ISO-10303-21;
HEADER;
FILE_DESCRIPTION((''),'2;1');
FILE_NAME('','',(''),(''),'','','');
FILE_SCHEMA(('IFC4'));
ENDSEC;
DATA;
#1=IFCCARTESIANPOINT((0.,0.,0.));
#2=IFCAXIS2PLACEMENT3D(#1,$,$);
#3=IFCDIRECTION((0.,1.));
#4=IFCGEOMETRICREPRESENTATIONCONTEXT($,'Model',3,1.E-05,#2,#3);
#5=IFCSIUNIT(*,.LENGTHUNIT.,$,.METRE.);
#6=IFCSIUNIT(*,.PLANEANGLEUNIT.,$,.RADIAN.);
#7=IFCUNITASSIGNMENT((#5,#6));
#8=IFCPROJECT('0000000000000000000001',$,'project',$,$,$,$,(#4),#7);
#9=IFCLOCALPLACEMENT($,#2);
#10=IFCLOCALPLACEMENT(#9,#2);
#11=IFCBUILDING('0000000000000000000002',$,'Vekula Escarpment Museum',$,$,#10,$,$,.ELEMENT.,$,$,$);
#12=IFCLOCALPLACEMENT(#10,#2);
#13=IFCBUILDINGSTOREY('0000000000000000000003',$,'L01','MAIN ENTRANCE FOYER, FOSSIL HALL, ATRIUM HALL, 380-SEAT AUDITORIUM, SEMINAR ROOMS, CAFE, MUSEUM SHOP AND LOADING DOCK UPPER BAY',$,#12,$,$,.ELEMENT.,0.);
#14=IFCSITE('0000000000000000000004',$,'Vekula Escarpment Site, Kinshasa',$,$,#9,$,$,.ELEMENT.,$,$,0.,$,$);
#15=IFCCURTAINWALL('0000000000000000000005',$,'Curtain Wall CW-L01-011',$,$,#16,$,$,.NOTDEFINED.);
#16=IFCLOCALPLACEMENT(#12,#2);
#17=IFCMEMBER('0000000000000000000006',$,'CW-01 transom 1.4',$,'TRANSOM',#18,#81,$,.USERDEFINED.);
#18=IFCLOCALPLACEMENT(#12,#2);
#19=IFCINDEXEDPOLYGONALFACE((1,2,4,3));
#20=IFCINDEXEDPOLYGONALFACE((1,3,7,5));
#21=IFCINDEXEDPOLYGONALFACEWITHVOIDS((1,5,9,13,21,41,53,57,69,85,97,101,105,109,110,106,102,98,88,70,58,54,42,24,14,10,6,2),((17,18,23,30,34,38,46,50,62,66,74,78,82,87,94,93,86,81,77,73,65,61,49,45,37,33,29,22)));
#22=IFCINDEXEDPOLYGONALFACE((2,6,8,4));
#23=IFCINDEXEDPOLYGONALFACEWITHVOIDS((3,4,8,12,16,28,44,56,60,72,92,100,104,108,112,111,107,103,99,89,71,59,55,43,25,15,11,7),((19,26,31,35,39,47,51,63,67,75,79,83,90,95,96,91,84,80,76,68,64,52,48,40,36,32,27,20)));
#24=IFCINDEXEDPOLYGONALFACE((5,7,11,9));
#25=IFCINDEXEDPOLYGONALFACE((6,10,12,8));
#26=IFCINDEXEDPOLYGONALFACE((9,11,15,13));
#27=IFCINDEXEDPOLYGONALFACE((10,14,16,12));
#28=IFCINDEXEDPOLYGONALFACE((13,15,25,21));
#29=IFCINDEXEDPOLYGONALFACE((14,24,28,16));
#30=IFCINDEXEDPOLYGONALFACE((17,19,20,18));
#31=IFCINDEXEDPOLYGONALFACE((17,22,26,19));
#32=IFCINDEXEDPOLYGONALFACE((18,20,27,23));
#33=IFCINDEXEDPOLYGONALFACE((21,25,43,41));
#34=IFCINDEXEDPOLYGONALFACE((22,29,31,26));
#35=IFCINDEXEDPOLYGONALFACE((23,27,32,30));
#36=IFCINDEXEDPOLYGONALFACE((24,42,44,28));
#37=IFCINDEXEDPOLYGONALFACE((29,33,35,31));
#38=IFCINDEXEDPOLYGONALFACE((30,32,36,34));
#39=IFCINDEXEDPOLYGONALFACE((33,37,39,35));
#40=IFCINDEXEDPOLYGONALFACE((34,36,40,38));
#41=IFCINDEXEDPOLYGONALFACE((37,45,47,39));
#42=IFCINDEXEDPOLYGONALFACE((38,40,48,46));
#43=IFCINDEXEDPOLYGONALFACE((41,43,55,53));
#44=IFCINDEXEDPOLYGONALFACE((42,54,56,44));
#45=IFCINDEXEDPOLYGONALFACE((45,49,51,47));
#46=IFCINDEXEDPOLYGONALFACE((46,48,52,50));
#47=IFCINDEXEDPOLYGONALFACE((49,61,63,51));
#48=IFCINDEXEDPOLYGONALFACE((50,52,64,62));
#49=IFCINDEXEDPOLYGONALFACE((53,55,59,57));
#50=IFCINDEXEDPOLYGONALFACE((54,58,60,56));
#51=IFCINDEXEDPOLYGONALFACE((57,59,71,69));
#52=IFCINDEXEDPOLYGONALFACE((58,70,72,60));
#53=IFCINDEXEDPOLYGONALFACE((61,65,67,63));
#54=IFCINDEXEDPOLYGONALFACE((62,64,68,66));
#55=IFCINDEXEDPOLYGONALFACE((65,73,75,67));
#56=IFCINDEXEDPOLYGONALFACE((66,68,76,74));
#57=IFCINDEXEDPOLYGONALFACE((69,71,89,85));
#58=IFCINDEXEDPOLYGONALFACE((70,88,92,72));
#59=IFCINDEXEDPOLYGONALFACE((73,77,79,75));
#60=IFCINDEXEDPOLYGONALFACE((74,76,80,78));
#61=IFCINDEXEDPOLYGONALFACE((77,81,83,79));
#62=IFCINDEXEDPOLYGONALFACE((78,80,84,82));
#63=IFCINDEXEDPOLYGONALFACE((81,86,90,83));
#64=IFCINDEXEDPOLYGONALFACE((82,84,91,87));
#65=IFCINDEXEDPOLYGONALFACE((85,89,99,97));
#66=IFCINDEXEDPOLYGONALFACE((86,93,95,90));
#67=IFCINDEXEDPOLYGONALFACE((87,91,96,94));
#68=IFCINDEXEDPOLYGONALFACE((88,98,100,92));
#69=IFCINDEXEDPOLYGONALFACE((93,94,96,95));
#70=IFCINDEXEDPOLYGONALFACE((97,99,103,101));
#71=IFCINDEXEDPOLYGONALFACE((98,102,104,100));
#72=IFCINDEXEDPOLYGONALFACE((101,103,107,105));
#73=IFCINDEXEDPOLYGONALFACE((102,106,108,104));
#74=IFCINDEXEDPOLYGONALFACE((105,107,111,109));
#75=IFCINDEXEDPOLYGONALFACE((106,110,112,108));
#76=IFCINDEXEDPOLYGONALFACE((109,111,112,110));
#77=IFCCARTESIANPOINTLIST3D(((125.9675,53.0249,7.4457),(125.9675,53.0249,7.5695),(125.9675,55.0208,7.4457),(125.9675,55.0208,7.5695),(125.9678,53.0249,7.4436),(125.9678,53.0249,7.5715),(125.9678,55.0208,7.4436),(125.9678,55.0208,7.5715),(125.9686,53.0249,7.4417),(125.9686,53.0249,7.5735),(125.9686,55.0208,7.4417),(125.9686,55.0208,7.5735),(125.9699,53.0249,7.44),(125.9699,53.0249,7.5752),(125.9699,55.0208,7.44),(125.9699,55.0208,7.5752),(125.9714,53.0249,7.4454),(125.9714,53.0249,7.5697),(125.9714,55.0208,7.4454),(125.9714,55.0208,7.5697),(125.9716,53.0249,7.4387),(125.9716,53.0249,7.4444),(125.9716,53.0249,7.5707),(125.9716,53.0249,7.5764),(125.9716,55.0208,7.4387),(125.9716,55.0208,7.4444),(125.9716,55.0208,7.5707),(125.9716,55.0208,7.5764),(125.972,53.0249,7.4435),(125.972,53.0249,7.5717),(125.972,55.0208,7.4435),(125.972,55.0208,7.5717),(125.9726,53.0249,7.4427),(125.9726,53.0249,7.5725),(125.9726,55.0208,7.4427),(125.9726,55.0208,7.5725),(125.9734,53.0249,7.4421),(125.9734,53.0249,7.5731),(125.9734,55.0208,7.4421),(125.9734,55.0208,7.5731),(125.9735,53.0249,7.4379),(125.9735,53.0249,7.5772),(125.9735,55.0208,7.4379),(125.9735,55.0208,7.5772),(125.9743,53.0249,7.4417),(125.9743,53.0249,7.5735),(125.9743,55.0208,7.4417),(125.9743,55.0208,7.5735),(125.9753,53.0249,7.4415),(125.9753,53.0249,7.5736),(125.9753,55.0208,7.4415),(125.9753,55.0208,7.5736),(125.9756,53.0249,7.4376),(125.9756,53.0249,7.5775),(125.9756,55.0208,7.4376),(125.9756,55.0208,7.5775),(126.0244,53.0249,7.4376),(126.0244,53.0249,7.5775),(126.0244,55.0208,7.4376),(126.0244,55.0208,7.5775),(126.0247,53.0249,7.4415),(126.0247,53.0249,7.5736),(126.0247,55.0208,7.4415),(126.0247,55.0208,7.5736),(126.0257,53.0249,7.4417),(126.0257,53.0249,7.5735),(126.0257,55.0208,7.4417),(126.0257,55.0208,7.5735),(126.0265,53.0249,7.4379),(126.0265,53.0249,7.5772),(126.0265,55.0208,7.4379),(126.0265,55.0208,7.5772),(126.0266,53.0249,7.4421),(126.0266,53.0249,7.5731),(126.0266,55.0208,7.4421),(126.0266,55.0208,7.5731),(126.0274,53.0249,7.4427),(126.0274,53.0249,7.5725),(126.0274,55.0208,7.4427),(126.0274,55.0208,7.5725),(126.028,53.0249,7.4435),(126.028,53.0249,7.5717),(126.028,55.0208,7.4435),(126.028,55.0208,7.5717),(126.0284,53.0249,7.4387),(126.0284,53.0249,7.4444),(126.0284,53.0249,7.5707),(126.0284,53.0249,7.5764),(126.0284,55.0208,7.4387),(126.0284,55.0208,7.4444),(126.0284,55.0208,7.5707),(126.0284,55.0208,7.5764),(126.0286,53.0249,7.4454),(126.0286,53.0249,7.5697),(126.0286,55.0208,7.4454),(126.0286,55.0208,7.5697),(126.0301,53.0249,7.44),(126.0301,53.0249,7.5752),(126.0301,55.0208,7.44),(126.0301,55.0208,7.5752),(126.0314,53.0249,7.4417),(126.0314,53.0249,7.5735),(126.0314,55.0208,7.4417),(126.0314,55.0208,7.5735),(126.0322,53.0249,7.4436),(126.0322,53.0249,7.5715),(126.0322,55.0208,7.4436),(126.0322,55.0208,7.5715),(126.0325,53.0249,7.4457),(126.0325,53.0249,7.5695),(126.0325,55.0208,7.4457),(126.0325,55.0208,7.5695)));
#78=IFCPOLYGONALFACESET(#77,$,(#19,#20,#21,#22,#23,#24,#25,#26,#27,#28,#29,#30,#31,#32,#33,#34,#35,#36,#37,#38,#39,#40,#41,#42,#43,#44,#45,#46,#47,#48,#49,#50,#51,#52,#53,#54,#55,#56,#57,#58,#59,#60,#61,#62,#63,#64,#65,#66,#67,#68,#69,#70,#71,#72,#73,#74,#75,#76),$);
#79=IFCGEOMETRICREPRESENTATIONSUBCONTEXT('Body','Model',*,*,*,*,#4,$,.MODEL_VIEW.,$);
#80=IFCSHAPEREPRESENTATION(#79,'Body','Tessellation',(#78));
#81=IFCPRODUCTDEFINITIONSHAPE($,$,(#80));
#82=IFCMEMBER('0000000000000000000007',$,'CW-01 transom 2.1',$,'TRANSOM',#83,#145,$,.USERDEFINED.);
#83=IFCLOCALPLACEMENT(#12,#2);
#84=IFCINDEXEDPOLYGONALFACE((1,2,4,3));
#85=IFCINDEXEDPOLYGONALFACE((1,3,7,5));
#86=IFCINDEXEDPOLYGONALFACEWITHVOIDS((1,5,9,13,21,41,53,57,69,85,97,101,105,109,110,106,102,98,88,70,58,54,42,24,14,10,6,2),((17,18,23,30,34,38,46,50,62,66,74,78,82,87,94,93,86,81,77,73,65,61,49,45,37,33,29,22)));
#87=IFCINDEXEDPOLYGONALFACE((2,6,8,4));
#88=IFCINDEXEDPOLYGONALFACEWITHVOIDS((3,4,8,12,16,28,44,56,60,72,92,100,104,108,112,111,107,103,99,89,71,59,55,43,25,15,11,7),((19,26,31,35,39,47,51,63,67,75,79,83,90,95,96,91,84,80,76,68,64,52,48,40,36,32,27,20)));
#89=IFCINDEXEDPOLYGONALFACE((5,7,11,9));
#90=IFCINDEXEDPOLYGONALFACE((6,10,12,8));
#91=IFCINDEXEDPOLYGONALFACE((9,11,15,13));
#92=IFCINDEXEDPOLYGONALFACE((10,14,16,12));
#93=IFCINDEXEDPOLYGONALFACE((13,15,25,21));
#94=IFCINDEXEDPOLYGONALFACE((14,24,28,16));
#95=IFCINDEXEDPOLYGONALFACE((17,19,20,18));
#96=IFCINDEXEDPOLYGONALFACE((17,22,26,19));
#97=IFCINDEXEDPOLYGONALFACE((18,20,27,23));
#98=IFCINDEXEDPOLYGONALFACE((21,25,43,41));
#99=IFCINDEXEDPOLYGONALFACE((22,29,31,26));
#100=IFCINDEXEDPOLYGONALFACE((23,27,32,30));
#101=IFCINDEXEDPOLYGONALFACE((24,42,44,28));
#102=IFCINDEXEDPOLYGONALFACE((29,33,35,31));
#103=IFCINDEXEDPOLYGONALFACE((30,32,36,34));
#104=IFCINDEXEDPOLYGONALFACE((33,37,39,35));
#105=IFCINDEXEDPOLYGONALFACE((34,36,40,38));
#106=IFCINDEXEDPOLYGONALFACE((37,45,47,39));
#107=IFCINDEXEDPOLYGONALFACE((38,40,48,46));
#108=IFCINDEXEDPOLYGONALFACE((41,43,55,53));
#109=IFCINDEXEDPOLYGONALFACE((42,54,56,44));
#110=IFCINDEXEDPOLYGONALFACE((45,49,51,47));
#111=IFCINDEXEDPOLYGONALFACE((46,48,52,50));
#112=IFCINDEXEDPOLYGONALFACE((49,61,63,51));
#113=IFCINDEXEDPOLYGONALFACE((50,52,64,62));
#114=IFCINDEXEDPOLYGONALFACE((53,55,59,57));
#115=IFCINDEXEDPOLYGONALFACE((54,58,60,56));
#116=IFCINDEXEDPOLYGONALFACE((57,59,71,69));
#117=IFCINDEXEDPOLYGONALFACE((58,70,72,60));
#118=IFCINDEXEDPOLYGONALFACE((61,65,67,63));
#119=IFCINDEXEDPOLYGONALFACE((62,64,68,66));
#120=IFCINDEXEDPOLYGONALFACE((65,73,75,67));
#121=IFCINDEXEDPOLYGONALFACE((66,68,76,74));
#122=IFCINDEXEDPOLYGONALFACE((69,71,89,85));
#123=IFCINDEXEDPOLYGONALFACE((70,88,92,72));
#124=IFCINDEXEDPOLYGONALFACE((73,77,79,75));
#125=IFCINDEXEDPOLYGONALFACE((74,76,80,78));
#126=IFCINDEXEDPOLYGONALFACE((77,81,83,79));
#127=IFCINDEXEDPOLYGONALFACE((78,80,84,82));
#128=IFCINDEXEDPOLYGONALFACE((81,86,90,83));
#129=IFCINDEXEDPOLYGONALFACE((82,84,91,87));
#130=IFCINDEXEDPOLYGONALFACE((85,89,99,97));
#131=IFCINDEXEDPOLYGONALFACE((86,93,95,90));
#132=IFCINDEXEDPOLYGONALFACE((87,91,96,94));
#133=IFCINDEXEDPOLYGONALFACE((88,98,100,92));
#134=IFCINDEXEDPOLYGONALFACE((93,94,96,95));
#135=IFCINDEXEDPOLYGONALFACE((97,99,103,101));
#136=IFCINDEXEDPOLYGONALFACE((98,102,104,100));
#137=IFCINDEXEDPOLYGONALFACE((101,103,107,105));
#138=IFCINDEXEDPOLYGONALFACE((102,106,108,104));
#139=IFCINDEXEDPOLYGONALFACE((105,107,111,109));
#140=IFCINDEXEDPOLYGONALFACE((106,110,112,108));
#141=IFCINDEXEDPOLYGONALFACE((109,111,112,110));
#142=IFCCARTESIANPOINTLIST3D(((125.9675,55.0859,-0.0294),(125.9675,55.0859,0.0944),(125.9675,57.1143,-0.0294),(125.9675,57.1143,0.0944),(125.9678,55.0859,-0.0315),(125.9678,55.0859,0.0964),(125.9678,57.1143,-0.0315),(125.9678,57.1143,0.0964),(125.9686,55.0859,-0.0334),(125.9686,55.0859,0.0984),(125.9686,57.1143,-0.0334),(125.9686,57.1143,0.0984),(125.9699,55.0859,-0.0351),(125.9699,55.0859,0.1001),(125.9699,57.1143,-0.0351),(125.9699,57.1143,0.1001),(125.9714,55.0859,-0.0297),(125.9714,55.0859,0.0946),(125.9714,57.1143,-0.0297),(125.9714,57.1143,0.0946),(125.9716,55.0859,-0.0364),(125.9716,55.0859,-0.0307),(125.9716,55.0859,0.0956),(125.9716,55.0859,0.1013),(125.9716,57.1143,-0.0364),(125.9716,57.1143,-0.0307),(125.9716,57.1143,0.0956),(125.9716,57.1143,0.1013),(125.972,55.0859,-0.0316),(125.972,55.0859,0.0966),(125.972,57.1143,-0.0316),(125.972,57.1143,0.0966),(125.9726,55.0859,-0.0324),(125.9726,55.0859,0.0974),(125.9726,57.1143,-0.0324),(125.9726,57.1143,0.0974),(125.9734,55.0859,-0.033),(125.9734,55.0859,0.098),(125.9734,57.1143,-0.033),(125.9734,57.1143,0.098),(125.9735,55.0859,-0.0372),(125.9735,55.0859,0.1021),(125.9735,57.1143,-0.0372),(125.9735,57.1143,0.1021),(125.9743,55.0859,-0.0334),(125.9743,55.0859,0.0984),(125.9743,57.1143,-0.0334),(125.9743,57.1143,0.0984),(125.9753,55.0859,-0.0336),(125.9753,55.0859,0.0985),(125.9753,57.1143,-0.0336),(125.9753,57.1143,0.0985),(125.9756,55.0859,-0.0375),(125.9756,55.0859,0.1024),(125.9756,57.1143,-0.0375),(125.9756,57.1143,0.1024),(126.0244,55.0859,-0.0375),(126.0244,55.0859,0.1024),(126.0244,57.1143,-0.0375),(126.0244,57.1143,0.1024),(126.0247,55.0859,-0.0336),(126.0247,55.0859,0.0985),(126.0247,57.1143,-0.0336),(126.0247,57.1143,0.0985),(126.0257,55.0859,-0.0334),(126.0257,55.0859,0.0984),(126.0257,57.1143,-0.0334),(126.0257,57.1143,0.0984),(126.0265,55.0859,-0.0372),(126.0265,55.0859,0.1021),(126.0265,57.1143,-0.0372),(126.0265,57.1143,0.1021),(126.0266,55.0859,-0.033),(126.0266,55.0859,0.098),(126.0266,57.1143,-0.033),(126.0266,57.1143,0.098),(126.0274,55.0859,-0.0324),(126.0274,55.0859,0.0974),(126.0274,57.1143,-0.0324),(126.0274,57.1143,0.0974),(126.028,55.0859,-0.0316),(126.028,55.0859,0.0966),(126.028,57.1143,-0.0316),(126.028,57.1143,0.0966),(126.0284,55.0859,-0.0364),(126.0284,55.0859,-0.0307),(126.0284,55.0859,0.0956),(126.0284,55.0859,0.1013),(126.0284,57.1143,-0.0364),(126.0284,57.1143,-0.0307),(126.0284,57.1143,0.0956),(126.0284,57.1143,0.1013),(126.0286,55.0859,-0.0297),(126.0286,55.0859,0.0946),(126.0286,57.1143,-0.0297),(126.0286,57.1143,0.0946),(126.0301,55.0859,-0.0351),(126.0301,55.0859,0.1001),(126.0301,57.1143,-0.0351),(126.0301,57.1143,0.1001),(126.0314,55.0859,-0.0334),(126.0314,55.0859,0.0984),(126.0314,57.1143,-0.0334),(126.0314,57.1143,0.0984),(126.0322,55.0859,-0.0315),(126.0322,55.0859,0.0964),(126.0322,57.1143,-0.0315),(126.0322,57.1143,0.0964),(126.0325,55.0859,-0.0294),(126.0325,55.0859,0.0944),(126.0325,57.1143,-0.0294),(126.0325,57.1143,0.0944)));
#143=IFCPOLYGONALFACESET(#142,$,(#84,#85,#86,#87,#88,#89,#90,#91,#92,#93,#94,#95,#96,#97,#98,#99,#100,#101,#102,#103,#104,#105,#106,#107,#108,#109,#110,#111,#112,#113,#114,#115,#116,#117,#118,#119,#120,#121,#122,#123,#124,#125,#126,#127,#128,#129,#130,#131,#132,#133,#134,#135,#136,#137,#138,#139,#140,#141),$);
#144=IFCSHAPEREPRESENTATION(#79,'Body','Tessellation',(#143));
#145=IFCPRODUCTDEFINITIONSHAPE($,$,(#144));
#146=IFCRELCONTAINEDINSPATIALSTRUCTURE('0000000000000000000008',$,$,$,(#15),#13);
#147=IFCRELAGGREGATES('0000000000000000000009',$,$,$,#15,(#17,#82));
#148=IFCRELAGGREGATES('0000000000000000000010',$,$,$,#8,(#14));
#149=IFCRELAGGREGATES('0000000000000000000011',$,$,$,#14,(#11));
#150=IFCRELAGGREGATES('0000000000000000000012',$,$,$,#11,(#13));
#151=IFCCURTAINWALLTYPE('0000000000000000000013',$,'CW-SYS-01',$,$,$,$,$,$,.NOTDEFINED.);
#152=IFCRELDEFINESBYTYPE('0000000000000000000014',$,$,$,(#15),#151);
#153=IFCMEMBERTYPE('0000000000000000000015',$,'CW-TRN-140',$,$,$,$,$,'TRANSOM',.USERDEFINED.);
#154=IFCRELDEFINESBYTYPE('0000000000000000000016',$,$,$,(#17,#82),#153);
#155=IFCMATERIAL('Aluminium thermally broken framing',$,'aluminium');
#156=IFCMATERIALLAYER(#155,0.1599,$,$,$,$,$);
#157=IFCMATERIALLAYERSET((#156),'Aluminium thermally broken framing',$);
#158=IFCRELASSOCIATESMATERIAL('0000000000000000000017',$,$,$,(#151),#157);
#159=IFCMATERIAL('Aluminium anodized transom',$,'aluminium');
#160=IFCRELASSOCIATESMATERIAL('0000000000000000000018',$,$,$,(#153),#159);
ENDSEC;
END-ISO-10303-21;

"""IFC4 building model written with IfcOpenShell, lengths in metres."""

from ifc_helpers import new_model, si_unit, direction, frame, origin, origin_2d, place, context, subcontext, project, spatial, hollow_rectangle, extrude, material, layer, layer_set, material_profile, profile_set, type_object, element, aggregate, save


model = new_model("IFC4")

# Units and contexts
model_context = context("Model", 3, precision=1e-05, world=origin(), true_north=direction((0.0, 1.0)))
body_context = subcontext(model_context, "Body", "Model", "MODEL_VIEW")
ifc_project = project(units=[si_unit("LENGTHUNIT", "METRE"), si_unit("PLANEANGLEUNIT", "RADIAN")], contexts=[model_context])

# Site, building, storey
site_placement = place(None, origin())
site = spatial("IfcSite", under=ifc_project, at=site_placement, Name="Vekula Escarpment Site, Kinshasa", CompositionType="ELEMENT", RefElevation=0.0)
building_placement = place(site_placement, origin())
building = spatial("IfcBuilding", under=site, at=building_placement, Name="Vekula Escarpment Museum", CompositionType="ELEMENT")
storey_placement = place(building_placement, origin())
storey = spatial("IfcBuildingStorey", under=building, at=storey_placement, Name="L01", Description="MAIN ENTRANCE FOYER, FOSSIL HALL, ATRIUM HALL, 380-SEAT AUDITORIUM, SEMINAR ROOMS, CAFE, MUSEUM SHOP AND LOADING DOCK UPPER BAY", CompositionType="ELEMENT", Elevation=0.0)

# Curtain wall
ifc_material_1 = material(Name="Aluminium thermally broken framing", Category="aluminium")
ifc_layer_1 = layer(ifc_material_1, 0.1599)
ifc_layer_set_1 = layer_set([ifc_layer_1], Name="Aluminium thermally broken framing")
curtain_wall_type_1 = type_object("IfcCurtainWallType", Name="CW-SYS-01", PredefinedType="NOTDEFINED", material=ifc_layer_set_1)
curtain_wall_1_placement = place(storey_placement, origin())
curtain_wall_1 = element("IfcCurtainWall", 1, at=curtain_wall_1_placement, inside=storey, type_object=curtain_wall_type_1, Name="Curtain Wall CW-L01-011", PredefinedType="NOTDEFINED")

# Members
ifc_material_2 = material(Name="Aluminium anodized transom", Category="aluminium")
ifc_material_profile_1 = material_profile(ifc_material_2, hollow_rectangle(XDim=0.0649, YDim=0.1399, WallThickness=0.0039, InnerFilletRadius=0.0039, OuterFilletRadius=0.0081, at=origin_2d()), Name="ALU 140x65x4")
ifc_profile_set_1 = profile_set([ifc_material_profile_1], Name="Aluminium anodized transom")
member_type_1 = type_object("IfcMemberType", Name="CW-TRN-140", ElementType="TRANSOM", PredefinedType="USERDEFINED", material=ifc_profile_set_1)
member_1_placement = place(storey_placement, frame((126.0, 53.0249, 7.5076), z_axis=(0.0, 1.0, 0.0), x_axis=(-1.0, 0.0, 0.0)))
member_1 = element("IfcMember", 2, at=member_1_placement, type_object=member_type_1, Name="CW-01 transom 1.4", ObjectType="TRANSOM", PredefinedType="USERDEFINED", context=body_context, shape_type="SweptSolid", body=[
    extrude(hollow_rectangle(XDim=0.0649, YDim=0.1399, WallThickness=0.0039, InnerFilletRadius=0.0039, OuterFilletRadius=0.0081, at=origin_2d()), origin(), (0.0, 0.0, 1.0), 1.9958),
])
member_2_placement = place(storey_placement, frame((126.0, 55.0859, 0.0325), z_axis=(0.0, 1.0, 0.0), x_axis=(-1.0, 0.0, 0.0)))
member_2 = element("IfcMember", 3, at=member_2_placement, type_object=member_type_1, Name="CW-01 transom 2.1", ObjectType="TRANSOM", PredefinedType="USERDEFINED", context=body_context, shape_type="SweptSolid", body=[
    extrude(hollow_rectangle(XDim=0.0649, YDim=0.1399, WallThickness=0.0039, InnerFilletRadius=0.0039, OuterFilletRadius=0.0081, at=origin_2d()), origin(), (0.0, 0.0, 1.0), 2.0283),
])

aggregate(curtain_wall_1, [member_1, member_2])

save(model, "model.ifc")
